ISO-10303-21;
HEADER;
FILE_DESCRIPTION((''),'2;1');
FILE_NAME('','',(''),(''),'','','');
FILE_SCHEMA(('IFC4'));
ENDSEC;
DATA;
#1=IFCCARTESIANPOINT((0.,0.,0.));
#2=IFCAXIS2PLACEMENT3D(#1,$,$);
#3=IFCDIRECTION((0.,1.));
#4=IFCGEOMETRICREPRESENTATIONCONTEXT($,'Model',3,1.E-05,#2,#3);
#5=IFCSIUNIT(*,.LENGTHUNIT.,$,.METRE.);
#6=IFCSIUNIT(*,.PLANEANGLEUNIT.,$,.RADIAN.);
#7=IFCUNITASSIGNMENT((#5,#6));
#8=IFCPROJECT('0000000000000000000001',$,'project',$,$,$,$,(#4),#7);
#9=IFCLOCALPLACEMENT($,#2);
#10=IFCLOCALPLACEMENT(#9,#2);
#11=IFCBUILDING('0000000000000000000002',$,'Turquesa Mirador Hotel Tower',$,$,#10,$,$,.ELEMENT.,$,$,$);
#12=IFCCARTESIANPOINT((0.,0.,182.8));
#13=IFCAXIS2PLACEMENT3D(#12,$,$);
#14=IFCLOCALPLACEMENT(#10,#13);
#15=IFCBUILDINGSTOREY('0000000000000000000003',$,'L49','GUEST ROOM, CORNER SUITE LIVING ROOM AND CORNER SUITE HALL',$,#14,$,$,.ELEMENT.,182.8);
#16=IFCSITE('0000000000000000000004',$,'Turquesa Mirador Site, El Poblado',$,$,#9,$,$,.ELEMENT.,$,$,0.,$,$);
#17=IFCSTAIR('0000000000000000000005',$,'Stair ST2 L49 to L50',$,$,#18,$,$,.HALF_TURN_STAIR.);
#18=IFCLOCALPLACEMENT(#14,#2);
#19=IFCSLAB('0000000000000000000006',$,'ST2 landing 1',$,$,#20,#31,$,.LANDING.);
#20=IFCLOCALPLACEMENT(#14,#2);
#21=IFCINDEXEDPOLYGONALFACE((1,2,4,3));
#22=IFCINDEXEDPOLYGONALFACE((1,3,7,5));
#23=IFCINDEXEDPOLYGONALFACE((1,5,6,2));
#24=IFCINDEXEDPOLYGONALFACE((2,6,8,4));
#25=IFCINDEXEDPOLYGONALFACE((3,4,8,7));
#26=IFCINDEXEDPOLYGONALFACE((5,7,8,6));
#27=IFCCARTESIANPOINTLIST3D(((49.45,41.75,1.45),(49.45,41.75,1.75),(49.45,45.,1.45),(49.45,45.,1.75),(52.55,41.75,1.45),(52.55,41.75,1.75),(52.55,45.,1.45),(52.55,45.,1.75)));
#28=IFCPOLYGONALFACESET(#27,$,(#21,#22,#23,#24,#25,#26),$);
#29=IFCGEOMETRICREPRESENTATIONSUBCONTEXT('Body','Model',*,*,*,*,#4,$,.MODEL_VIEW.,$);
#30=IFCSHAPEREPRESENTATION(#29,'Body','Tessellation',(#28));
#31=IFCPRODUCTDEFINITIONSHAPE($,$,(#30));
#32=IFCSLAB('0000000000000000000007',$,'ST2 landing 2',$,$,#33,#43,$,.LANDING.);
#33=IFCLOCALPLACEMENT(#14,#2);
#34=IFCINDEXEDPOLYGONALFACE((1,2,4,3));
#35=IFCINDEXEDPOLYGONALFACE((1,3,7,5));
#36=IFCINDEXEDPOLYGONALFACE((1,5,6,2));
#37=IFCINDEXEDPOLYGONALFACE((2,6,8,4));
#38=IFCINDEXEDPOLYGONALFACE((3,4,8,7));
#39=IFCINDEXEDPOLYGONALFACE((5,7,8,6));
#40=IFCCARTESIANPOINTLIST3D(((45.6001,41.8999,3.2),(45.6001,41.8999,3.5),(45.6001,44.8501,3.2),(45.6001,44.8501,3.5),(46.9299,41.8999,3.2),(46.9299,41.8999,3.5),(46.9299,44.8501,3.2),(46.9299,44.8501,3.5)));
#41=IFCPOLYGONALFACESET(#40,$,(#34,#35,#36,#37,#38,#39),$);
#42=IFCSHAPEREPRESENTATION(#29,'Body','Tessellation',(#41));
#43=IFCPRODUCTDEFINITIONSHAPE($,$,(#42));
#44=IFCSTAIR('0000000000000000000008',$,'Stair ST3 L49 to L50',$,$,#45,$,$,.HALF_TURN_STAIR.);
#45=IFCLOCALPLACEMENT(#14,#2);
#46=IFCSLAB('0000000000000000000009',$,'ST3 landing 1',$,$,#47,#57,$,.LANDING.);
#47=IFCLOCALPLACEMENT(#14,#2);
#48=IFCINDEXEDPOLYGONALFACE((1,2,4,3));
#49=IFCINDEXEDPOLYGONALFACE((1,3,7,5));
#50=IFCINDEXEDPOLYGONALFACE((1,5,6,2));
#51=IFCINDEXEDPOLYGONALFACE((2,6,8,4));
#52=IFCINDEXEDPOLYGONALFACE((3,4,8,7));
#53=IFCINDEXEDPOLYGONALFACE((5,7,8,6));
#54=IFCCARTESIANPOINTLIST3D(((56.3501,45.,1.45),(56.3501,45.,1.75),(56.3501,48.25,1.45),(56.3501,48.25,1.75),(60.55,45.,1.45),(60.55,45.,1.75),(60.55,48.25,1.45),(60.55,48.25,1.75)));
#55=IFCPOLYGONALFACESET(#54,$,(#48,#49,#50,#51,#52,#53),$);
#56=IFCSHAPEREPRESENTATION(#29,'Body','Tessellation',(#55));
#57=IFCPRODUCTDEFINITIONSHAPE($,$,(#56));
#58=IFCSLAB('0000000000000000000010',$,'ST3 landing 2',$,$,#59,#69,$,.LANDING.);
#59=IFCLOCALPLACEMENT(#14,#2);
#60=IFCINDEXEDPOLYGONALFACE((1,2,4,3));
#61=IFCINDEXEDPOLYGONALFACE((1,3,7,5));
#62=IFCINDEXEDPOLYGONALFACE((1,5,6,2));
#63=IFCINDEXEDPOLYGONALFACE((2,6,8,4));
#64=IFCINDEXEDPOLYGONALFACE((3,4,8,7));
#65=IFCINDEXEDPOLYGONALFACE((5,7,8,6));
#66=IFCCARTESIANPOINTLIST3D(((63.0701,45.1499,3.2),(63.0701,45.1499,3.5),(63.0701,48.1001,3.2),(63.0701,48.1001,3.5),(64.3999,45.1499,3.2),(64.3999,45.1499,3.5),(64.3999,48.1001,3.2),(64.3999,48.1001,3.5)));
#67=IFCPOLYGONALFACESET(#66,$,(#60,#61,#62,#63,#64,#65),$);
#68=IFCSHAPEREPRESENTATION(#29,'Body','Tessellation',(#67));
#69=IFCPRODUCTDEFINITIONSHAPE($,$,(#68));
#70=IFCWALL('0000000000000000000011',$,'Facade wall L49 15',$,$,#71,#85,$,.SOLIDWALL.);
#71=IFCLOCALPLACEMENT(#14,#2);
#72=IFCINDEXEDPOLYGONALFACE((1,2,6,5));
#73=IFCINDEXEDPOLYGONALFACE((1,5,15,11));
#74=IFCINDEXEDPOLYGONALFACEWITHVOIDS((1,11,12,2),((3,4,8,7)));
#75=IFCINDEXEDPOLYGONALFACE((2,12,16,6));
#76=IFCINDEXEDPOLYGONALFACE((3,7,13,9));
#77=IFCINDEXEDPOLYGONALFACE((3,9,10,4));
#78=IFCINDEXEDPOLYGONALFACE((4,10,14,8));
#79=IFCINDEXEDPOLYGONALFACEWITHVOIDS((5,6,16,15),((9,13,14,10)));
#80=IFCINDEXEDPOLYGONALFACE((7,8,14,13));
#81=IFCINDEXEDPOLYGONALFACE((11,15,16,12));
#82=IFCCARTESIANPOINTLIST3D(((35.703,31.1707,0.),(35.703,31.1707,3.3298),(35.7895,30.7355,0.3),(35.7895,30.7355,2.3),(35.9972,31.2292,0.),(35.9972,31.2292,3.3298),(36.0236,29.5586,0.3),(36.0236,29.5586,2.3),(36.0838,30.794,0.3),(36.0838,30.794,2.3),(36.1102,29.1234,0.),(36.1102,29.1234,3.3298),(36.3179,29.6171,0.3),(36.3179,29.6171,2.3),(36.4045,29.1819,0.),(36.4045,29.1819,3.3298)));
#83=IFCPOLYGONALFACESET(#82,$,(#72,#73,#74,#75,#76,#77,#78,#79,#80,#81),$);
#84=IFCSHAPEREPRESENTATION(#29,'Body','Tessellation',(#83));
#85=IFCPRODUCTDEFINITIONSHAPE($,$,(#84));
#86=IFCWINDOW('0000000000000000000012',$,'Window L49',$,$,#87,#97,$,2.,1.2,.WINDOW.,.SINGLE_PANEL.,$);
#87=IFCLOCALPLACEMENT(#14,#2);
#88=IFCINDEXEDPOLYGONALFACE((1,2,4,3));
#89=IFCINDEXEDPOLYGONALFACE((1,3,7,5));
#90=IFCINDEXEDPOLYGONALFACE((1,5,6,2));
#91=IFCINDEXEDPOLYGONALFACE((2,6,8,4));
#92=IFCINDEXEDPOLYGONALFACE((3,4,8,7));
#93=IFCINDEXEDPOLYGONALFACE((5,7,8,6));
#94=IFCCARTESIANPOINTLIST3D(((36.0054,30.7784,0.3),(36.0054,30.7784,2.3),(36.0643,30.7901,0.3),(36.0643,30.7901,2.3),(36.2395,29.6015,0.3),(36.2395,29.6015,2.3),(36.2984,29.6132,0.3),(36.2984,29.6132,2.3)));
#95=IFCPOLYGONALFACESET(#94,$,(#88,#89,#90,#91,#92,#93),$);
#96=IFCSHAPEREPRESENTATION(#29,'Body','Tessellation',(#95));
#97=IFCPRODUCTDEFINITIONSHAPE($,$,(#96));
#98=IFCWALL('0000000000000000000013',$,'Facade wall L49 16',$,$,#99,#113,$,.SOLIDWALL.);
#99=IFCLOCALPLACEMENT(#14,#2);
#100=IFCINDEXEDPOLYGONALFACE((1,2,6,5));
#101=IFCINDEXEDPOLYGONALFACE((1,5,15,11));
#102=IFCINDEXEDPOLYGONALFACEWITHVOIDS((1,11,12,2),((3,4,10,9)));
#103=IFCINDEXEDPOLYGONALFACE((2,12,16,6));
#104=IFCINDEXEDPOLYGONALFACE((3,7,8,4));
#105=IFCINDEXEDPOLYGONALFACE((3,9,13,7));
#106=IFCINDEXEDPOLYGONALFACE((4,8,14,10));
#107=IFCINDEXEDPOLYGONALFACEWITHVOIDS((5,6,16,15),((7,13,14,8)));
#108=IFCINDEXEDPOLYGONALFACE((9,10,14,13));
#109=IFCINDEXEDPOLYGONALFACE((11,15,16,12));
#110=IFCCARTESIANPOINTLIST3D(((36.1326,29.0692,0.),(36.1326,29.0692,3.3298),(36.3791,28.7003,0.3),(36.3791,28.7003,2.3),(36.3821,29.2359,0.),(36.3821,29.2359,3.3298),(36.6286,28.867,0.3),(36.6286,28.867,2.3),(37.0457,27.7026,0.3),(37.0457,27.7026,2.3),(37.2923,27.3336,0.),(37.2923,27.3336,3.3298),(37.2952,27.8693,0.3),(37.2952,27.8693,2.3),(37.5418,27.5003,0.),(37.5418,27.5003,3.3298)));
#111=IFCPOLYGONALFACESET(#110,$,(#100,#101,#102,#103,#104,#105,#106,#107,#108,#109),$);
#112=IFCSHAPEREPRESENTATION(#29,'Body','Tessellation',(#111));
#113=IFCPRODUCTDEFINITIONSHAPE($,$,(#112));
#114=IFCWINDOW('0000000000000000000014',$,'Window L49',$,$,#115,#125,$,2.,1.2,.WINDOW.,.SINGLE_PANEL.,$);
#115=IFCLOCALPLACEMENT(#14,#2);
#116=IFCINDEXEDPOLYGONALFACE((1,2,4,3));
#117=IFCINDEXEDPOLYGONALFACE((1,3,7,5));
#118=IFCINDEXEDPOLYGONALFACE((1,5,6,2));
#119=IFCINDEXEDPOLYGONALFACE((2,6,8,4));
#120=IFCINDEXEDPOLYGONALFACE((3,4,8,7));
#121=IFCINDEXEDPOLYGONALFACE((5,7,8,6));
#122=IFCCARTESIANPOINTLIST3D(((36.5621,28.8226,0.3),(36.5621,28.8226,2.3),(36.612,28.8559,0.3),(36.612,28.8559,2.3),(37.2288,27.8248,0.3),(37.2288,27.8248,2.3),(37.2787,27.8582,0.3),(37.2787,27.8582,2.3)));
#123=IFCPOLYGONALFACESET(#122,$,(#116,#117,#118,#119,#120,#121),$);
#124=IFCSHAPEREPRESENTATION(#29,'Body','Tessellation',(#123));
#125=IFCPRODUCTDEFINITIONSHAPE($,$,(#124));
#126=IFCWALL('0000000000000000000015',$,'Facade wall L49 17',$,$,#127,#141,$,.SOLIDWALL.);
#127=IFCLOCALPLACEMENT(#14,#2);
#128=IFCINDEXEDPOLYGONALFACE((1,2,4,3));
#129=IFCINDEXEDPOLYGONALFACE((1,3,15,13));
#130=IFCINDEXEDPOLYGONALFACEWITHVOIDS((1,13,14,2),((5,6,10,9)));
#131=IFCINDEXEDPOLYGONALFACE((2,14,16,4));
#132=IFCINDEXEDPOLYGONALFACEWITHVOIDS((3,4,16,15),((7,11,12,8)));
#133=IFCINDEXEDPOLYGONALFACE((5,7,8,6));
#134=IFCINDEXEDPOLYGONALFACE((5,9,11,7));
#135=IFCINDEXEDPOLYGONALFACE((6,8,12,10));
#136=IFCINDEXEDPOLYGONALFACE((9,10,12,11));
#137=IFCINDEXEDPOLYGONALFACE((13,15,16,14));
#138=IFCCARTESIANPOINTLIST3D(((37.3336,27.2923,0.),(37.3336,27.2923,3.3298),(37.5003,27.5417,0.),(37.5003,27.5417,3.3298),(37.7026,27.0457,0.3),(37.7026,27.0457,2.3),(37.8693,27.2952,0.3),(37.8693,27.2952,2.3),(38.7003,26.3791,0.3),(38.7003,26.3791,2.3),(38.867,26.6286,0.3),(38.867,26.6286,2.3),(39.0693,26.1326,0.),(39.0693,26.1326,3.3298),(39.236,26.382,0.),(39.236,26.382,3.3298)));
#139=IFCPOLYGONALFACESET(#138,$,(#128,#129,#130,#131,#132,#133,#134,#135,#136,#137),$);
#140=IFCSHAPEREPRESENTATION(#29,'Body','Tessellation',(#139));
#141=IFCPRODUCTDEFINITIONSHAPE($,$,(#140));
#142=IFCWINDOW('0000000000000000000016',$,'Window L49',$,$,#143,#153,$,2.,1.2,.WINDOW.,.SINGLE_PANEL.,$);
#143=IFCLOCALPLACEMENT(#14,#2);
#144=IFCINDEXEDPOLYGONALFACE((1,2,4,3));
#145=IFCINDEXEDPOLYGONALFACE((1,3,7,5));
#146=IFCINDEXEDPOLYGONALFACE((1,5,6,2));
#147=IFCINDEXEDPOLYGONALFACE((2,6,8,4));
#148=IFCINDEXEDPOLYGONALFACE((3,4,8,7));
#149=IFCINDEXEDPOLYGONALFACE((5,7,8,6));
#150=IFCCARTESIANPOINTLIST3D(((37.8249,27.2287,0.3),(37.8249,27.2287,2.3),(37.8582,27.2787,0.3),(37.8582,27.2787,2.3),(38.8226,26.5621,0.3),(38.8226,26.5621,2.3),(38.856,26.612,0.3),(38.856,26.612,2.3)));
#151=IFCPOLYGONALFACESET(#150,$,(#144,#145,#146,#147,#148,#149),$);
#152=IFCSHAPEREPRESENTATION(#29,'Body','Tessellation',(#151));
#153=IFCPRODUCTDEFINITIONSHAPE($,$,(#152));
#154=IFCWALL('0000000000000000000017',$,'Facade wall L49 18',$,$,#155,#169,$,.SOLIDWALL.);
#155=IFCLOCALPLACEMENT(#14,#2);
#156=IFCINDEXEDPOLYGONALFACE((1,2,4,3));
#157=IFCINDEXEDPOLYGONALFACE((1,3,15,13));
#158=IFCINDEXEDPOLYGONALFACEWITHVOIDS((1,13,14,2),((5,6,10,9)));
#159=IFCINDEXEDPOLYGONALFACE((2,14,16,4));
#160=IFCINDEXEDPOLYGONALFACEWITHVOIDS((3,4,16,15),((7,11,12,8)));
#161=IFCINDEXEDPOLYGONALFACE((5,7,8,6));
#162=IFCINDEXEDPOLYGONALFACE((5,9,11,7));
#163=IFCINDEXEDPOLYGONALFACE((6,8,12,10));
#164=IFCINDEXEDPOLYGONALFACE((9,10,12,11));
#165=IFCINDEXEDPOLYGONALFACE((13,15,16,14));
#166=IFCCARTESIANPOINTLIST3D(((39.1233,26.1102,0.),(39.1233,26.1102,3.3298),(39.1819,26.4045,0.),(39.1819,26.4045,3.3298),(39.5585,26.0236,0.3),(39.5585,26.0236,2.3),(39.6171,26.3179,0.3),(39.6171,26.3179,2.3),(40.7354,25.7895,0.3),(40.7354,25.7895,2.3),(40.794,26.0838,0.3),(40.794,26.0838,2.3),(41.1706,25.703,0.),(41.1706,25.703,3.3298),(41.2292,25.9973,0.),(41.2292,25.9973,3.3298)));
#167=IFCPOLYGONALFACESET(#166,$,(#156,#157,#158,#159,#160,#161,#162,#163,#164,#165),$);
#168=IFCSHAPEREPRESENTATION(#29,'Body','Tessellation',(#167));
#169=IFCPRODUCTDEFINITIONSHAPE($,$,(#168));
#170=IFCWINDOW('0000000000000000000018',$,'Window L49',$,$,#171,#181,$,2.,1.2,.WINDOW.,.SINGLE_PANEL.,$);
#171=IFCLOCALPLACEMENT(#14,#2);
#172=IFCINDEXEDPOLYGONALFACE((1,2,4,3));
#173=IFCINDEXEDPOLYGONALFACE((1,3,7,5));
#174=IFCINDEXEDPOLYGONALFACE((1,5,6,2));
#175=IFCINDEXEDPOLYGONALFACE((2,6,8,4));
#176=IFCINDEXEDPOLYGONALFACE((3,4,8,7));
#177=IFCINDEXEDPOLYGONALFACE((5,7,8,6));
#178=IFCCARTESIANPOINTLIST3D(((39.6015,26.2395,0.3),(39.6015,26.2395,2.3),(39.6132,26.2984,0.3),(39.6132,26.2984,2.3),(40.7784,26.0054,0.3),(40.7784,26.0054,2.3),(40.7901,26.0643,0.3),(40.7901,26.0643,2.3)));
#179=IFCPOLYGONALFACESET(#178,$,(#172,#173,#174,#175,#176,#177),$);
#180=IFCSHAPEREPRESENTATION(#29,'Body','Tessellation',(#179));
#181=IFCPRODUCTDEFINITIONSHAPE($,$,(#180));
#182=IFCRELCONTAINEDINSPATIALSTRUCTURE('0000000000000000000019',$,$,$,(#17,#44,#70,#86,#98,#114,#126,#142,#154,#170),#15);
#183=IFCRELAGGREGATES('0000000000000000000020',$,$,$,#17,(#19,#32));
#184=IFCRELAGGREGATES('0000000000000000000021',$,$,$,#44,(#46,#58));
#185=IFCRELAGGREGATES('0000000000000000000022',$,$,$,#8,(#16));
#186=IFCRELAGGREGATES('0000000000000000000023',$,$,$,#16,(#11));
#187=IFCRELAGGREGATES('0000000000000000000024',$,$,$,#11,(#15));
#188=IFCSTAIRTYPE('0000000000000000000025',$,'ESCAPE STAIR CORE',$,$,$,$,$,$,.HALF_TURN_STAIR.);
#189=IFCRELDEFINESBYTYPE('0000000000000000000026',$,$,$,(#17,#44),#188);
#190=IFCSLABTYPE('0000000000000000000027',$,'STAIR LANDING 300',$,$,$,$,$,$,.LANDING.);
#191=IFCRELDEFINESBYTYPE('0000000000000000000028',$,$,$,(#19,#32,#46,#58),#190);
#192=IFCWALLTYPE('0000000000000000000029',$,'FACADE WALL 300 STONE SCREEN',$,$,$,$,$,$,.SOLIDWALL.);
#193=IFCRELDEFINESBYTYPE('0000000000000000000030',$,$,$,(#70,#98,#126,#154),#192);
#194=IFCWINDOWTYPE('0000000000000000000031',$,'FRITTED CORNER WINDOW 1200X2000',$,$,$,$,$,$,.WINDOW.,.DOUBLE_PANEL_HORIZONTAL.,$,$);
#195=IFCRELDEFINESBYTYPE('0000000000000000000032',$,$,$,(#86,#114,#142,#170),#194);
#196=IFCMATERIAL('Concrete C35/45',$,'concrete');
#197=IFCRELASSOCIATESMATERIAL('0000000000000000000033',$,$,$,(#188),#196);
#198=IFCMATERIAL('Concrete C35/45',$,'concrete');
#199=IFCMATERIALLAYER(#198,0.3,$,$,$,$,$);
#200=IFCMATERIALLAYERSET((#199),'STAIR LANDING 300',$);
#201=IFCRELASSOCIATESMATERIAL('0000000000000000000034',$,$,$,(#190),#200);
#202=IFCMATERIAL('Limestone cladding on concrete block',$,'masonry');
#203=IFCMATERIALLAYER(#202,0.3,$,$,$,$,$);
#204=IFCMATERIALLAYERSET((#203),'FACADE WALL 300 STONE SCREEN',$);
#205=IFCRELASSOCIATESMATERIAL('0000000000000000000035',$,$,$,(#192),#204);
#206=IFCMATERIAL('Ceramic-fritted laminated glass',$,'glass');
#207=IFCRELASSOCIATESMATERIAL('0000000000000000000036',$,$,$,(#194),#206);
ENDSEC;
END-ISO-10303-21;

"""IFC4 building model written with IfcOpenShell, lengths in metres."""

from ifc_helpers import new_model, si_unit, direction, frame, frame_2d, origin, place, context, subcontext, project, spatial, polyline, rectangle, outline, extrude, material, layer, layer_set, type_object, element, fill, aggregate, save


model = new_model("IFC4")

# Units and contexts
model_context = context("Model", 3, precision=1e-05, world=origin(), true_north=direction((0.0, 1.0)))
body_context = subcontext(model_context, "Body", "Model", "MODEL_VIEW")
ifc_project = project(units=[si_unit("LENGTHUNIT", "METRE"), si_unit("PLANEANGLEUNIT", "RADIAN")], contexts=[model_context])

# Site, building, storey
site_placement = place(None, origin())
site = spatial("IfcSite", under=ifc_project, at=site_placement, Name="Turquesa Mirador Site, El Poblado", CompositionType="ELEMENT", RefElevation=0.0)
building_placement = place(site_placement, origin())
building = spatial("IfcBuilding", under=site, at=building_placement, Name="Turquesa Mirador Hotel Tower", CompositionType="ELEMENT")
storey_placement = place(building_placement, frame((0.0, 0.0, 182.8)))
storey = spatial("IfcBuildingStorey", under=building, at=storey_placement, Name="L49", Description="GUEST ROOM, CORNER SUITE LIVING ROOM AND CORNER SUITE HALL", CompositionType="ELEMENT", Elevation=182.8)

# Stairs, slabs
ifc_material_1 = material(Name="Concrete C35/45", Category="concrete")
stair_type = type_object("IfcStairType", Name="ESCAPE STAIR CORE", PredefinedType="HALF_TURN_STAIR", material=ifc_material_1)
ifc_material_2 = material(Name="Concrete C35/45", Category="concrete")
ifc_layer_1 = layer(ifc_material_2, 0.3)
ifc_layer_set_1 = layer_set([ifc_layer_1], Name="STAIR LANDING 300")
slab_type_1 = type_object("IfcSlabType", Name="STAIR LANDING 300", PredefinedType="LANDING", material=ifc_layer_set_1)
stair_1_placement = place(storey_placement, origin())
stair_1 = element("IfcStair", 1, at=stair_1_placement, inside=storey, type_object=stair_type, Name="Stair ST2 L49 to L50", PredefinedType="HALF_TURN_STAIR")
slab_1_placement = place(storey_placement, frame((0.0, 0.0, 1.45)))
slab_1 = element("IfcSlab", 2, at=slab_1_placement, type_object=slab_type_1, Name="ST2 landing 1", PredefinedType="LANDING", context=body_context, shape_type="SweptSolid", body=[
    extrude(outline(polyline([(52.55, 45.0), (49.45, 45.0), (49.45, 41.75), (52.55, 41.75), (52.55, 45.0)])), origin(), (0.0, 0.0, 1.0), 0.3),
])
slab_2_placement = place(storey_placement, frame((0.0, 0.0, 3.2)))
slab_2 = element("IfcSlab", 3, at=slab_2_placement, type_object=slab_type_1, Name="ST2 landing 2", PredefinedType="LANDING", context=body_context, shape_type="SweptSolid", body=[
    extrude(outline(polyline([(46.9299, 44.8501), (45.6001, 44.8501), (45.6001, 41.8999), (46.9299, 41.8999), (46.9299, 44.8501)])), origin(), (0.0, 0.0, 1.0), 0.3),
])
aggregate(stair_1, [slab_1, slab_2])
stair_2_placement = place(storey_placement, origin())
stair_2 = element("IfcStair", 4, at=stair_2_placement, inside=storey, type_object=stair_type, Name="Stair ST3 L49 to L50", PredefinedType="HALF_TURN_STAIR")
slab_3_placement = place(storey_placement, frame((0.0, 0.0, 1.45)))
slab_3 = element("IfcSlab", 5, at=slab_3_placement, type_object=slab_type_1, Name="ST3 landing 1", PredefinedType="LANDING", context=body_context, shape_type="SweptSolid", body=[
    extrude(outline(polyline([(56.3501, 45.0), (60.55, 45.0), (60.55, 48.25), (56.3501, 48.25), (56.3501, 45.0)])), origin(), (0.0, 0.0, 1.0), 0.3),
])
slab_4_placement = place(storey_placement, frame((0.0, 0.0, 3.2)))
slab_4 = element("IfcSlab", 6, at=slab_4_placement, type_object=slab_type_1, Name="ST3 landing 2", PredefinedType="LANDING", context=body_context, shape_type="SweptSolid", body=[
    extrude(outline(polyline([(63.0701, 45.1499), (64.3999, 45.1499), (64.3999, 48.1001), (63.0701, 48.1001), (63.0701, 45.1499)])), origin(), (0.0, 0.0, 1.0), 0.3),
])
aggregate(stair_2, [slab_3, slab_4])

# Walls, openings, windows
ifc_material_3 = material(Name="Limestone cladding on concrete block", Category="masonry")
ifc_layer_2 = layer(ifc_material_3, 0.3)
ifc_layer_set_2 = layer_set([ifc_layer_2], Name="FACADE WALL 300 STONE SCREEN")
wall_type_1 = type_object("IfcWallType", Name="FACADE WALL 300 STONE SCREEN", PredefinedType="SOLIDWALL", material=ifc_layer_set_2)
wall_1_placement = place(storey_placement, frame((35.8501, 31.2, 0.0), z_axis=(0.0, 0.0, 1.0), x_axis=(0.195081, -0.980787, 0.0)))
wall_1 = element("IfcWall", 7, at=wall_1_placement, inside=storey, type_object=wall_type_1, Name="Facade wall L49 15", PredefinedType="SOLIDWALL", context=body_context, shape_type="SweptSolid", body=[
    extrude(rectangle(XDim=2.0874, YDim=0.3, at=frame_2d((1.0437, 0.0))), origin(), (0.0, 0.0, 1.0), 3.3298),
])
opening_1_placement = place(wall_1_placement, frame((0.4436, 0.0, 0.3)))
opening_1 = element("IfcOpeningElement", 8, at=opening_1_placement, cuts=wall_1, PredefinedType="OPENING", context=body_context, shape_type="SweptSolid", body=[
    extrude(rectangle(XDim=1.2, YDim=2.0, at=frame_2d((0.6001, 1.0))), frame((0.0, 0.1599, 0.0), z_axis=(0.0, -1.0, 0.0), x_axis=(1.0, 0.0, 0.0)), (0.0, 0.0, 1.0), 0.3201),
])
ifc_material_4 = material(Name="Ceramic-fritted laminated glass", Category="glass")
window_type_1 = type_object("IfcWindowType", Name="FRITTED CORNER WINDOW 1200X2000", PartitioningType="DOUBLE_PANEL_HORIZONTAL", PredefinedType="WINDOW", material=ifc_material_4)
window_1_placement = place(opening_1_placement, origin())
window_1 = element("IfcWindow", 9, at=window_1_placement, inside=storey, type_object=window_type_1, Name="Window L49", OverallHeight=2.0, OverallWidth=1.2, PartitioningType="SINGLE_PANEL", PredefinedType="WINDOW", context=body_context, shape_type="SweptSolid", body=[
    extrude(rectangle(XDim=1.2, YDim=2.0, at=frame_2d((0.6001, 1.0))), frame((0.0, 0.1301, 0.0), z_axis=(0.0, -1.0, 0.0), x_axis=(1.0, 0.0, 0.0)), (0.0, 0.0, 1.0), 0.0601),
])
fill(opening_1, window_1)
wall_2_placement = place(storey_placement, frame((36.2573, 29.1526, 0.0), z_axis=(0.0, 0.0, 1.0), x_axis=(0.555564, -0.831474, 0.0)))
wall_2 = element("IfcWall", 10, at=wall_2_placement, inside=storey, type_object=wall_type_1, Name="Facade wall L49 16", PredefinedType="SOLIDWALL", context=body_context, shape_type="SweptSolid", body=[
    extrude(rectangle(XDim=2.0874, YDim=0.3, at=frame_2d((1.0437, 0.0))), origin(), (0.0, 0.0, 1.0), 3.3298),
])
opening_2_placement = place(wall_2_placement, frame((0.4436, 0.0, 0.3)))
opening_2 = element("IfcOpeningElement", 11, at=opening_2_placement, cuts=wall_2, PredefinedType="OPENING", context=body_context, shape_type="SweptSolid", body=[
    extrude(rectangle(XDim=1.2, YDim=2.0, at=frame_2d((0.6001, 1.0))), frame((0.0, 0.1599, 0.0), z_axis=(0.0, -1.0, 0.0), x_axis=(1.0, 0.0, 0.0)), (0.0, 0.0, 1.0), 0.3201),
])
window_2_placement = place(opening_2_placement, origin())
window_2 = element("IfcWindow", 12, at=window_2_placement, inside=storey, type_object=window_type_1, Name="Window L49", OverallHeight=2.0, OverallWidth=1.2, PartitioningType="SINGLE_PANEL", PredefinedType="WINDOW", context=body_context, shape_type="SweptSolid", body=[
    extrude(rectangle(XDim=1.2, YDim=2.0, at=frame_2d((0.6001, 1.0))), frame((0.0, 0.1301, 0.0), z_axis=(0.0, -1.0, 0.0), x_axis=(1.0, 0.0, 0.0)), (0.0, 0.0, 1.0), 0.0601),
])
fill(opening_2, window_2)
wall_3_placement = place(storey_placement, frame((37.417, 27.417, 0.0), z_axis=(0.0, 0.0, 1.0), x_axis=(0.831474, -0.555564, 0.0)))
wall_3 = element("IfcWall", 13, at=wall_3_placement, inside=storey, type_object=wall_type_1, Name="Facade wall L49 17", PredefinedType="SOLIDWALL", context=body_context, shape_type="SweptSolid", body=[
    extrude(rectangle(XDim=2.0874, YDim=0.3, at=frame_2d((1.0437, 0.0))), origin(), (0.0, 0.0, 1.0), 3.3298),
])
opening_3_placement = place(wall_3_placement, frame((0.4436, 0.0, 0.3)))
opening_3 = element("IfcOpeningElement", 14, at=opening_3_placement, cuts=wall_3, PredefinedType="OPENING", context=body_context, shape_type="SweptSolid", body=[
    extrude(rectangle(XDim=1.2, YDim=2.0, at=frame_2d((0.6001, 1.0))), frame((0.0, 0.1599, 0.0), z_axis=(0.0, -1.0, 0.0), x_axis=(1.0, 0.0, 0.0)), (0.0, 0.0, 1.0), 0.3201),
])
window_3_placement = place(opening_3_placement, origin())
window_3 = element("IfcWindow", 15, at=window_3_placement, inside=storey, type_object=window_type_1, Name="Window L49", OverallHeight=2.0, OverallWidth=1.2, PartitioningType="SINGLE_PANEL", PredefinedType="WINDOW", context=body_context, shape_type="SweptSolid", body=[
    extrude(rectangle(XDim=1.2, YDim=2.0, at=frame_2d((0.6001, 1.0))), frame((0.0, 0.1301, 0.0), z_axis=(0.0, -1.0, 0.0), x_axis=(1.0, 0.0, 0.0)), (0.0, 0.0, 1.0), 0.0601),
])
fill(opening_3, window_3)
wall_4_placement = place(storey_placement, frame((39.1526, 26.2573, 0.0), z_axis=(0.0, 0.0, 1.0), x_axis=(0.980787, -0.195081, 0.0)))
wall_4 = element("IfcWall", 16, at=wall_4_placement, inside=storey, type_object=wall_type_1, Name="Facade wall L49 18", PredefinedType="SOLIDWALL", context=body_context, shape_type="SweptSolid", body=[
    extrude(rectangle(XDim=2.0874, YDim=0.3, at=frame_2d((1.0437, 0.0))), origin(), (0.0, 0.0, 1.0), 3.3298),
])
opening_4_placement = place(wall_4_placement, frame((0.4436, 0.0, 0.3)))
opening_4 = element("IfcOpeningElement", 17, at=opening_4_placement, cuts=wall_4, PredefinedType="OPENING", context=body_context, shape_type="SweptSolid", body=[
    extrude(rectangle(XDim=1.2, YDim=2.0, at=frame_2d((0.6001, 1.0))), frame((0.0, 0.1599, 0.0), z_axis=(0.0, -1.0, 0.0), x_axis=(1.0, 0.0, 0.0)), (0.0, 0.0, 1.0), 0.3201),
])
window_4_placement = place(opening_4_placement, origin())
window_4 = element("IfcWindow", 18, at=window_4_placement, inside=storey, type_object=window_type_1, Name="Window L49", OverallHeight=2.0, OverallWidth=1.2, PartitioningType="SINGLE_PANEL", PredefinedType="WINDOW", context=body_context, shape_type="SweptSolid", body=[
    extrude(rectangle(XDim=1.2, YDim=2.0, at=frame_2d((0.6001, 1.0))), frame((0.0, 0.1301, 0.0), z_axis=(0.0, -1.0, 0.0), x_axis=(1.0, 0.0, 0.0)), (0.0, 0.0, 1.0), 0.0601),
])
fill(opening_4, window_4)

save(model, "model.ifc")
